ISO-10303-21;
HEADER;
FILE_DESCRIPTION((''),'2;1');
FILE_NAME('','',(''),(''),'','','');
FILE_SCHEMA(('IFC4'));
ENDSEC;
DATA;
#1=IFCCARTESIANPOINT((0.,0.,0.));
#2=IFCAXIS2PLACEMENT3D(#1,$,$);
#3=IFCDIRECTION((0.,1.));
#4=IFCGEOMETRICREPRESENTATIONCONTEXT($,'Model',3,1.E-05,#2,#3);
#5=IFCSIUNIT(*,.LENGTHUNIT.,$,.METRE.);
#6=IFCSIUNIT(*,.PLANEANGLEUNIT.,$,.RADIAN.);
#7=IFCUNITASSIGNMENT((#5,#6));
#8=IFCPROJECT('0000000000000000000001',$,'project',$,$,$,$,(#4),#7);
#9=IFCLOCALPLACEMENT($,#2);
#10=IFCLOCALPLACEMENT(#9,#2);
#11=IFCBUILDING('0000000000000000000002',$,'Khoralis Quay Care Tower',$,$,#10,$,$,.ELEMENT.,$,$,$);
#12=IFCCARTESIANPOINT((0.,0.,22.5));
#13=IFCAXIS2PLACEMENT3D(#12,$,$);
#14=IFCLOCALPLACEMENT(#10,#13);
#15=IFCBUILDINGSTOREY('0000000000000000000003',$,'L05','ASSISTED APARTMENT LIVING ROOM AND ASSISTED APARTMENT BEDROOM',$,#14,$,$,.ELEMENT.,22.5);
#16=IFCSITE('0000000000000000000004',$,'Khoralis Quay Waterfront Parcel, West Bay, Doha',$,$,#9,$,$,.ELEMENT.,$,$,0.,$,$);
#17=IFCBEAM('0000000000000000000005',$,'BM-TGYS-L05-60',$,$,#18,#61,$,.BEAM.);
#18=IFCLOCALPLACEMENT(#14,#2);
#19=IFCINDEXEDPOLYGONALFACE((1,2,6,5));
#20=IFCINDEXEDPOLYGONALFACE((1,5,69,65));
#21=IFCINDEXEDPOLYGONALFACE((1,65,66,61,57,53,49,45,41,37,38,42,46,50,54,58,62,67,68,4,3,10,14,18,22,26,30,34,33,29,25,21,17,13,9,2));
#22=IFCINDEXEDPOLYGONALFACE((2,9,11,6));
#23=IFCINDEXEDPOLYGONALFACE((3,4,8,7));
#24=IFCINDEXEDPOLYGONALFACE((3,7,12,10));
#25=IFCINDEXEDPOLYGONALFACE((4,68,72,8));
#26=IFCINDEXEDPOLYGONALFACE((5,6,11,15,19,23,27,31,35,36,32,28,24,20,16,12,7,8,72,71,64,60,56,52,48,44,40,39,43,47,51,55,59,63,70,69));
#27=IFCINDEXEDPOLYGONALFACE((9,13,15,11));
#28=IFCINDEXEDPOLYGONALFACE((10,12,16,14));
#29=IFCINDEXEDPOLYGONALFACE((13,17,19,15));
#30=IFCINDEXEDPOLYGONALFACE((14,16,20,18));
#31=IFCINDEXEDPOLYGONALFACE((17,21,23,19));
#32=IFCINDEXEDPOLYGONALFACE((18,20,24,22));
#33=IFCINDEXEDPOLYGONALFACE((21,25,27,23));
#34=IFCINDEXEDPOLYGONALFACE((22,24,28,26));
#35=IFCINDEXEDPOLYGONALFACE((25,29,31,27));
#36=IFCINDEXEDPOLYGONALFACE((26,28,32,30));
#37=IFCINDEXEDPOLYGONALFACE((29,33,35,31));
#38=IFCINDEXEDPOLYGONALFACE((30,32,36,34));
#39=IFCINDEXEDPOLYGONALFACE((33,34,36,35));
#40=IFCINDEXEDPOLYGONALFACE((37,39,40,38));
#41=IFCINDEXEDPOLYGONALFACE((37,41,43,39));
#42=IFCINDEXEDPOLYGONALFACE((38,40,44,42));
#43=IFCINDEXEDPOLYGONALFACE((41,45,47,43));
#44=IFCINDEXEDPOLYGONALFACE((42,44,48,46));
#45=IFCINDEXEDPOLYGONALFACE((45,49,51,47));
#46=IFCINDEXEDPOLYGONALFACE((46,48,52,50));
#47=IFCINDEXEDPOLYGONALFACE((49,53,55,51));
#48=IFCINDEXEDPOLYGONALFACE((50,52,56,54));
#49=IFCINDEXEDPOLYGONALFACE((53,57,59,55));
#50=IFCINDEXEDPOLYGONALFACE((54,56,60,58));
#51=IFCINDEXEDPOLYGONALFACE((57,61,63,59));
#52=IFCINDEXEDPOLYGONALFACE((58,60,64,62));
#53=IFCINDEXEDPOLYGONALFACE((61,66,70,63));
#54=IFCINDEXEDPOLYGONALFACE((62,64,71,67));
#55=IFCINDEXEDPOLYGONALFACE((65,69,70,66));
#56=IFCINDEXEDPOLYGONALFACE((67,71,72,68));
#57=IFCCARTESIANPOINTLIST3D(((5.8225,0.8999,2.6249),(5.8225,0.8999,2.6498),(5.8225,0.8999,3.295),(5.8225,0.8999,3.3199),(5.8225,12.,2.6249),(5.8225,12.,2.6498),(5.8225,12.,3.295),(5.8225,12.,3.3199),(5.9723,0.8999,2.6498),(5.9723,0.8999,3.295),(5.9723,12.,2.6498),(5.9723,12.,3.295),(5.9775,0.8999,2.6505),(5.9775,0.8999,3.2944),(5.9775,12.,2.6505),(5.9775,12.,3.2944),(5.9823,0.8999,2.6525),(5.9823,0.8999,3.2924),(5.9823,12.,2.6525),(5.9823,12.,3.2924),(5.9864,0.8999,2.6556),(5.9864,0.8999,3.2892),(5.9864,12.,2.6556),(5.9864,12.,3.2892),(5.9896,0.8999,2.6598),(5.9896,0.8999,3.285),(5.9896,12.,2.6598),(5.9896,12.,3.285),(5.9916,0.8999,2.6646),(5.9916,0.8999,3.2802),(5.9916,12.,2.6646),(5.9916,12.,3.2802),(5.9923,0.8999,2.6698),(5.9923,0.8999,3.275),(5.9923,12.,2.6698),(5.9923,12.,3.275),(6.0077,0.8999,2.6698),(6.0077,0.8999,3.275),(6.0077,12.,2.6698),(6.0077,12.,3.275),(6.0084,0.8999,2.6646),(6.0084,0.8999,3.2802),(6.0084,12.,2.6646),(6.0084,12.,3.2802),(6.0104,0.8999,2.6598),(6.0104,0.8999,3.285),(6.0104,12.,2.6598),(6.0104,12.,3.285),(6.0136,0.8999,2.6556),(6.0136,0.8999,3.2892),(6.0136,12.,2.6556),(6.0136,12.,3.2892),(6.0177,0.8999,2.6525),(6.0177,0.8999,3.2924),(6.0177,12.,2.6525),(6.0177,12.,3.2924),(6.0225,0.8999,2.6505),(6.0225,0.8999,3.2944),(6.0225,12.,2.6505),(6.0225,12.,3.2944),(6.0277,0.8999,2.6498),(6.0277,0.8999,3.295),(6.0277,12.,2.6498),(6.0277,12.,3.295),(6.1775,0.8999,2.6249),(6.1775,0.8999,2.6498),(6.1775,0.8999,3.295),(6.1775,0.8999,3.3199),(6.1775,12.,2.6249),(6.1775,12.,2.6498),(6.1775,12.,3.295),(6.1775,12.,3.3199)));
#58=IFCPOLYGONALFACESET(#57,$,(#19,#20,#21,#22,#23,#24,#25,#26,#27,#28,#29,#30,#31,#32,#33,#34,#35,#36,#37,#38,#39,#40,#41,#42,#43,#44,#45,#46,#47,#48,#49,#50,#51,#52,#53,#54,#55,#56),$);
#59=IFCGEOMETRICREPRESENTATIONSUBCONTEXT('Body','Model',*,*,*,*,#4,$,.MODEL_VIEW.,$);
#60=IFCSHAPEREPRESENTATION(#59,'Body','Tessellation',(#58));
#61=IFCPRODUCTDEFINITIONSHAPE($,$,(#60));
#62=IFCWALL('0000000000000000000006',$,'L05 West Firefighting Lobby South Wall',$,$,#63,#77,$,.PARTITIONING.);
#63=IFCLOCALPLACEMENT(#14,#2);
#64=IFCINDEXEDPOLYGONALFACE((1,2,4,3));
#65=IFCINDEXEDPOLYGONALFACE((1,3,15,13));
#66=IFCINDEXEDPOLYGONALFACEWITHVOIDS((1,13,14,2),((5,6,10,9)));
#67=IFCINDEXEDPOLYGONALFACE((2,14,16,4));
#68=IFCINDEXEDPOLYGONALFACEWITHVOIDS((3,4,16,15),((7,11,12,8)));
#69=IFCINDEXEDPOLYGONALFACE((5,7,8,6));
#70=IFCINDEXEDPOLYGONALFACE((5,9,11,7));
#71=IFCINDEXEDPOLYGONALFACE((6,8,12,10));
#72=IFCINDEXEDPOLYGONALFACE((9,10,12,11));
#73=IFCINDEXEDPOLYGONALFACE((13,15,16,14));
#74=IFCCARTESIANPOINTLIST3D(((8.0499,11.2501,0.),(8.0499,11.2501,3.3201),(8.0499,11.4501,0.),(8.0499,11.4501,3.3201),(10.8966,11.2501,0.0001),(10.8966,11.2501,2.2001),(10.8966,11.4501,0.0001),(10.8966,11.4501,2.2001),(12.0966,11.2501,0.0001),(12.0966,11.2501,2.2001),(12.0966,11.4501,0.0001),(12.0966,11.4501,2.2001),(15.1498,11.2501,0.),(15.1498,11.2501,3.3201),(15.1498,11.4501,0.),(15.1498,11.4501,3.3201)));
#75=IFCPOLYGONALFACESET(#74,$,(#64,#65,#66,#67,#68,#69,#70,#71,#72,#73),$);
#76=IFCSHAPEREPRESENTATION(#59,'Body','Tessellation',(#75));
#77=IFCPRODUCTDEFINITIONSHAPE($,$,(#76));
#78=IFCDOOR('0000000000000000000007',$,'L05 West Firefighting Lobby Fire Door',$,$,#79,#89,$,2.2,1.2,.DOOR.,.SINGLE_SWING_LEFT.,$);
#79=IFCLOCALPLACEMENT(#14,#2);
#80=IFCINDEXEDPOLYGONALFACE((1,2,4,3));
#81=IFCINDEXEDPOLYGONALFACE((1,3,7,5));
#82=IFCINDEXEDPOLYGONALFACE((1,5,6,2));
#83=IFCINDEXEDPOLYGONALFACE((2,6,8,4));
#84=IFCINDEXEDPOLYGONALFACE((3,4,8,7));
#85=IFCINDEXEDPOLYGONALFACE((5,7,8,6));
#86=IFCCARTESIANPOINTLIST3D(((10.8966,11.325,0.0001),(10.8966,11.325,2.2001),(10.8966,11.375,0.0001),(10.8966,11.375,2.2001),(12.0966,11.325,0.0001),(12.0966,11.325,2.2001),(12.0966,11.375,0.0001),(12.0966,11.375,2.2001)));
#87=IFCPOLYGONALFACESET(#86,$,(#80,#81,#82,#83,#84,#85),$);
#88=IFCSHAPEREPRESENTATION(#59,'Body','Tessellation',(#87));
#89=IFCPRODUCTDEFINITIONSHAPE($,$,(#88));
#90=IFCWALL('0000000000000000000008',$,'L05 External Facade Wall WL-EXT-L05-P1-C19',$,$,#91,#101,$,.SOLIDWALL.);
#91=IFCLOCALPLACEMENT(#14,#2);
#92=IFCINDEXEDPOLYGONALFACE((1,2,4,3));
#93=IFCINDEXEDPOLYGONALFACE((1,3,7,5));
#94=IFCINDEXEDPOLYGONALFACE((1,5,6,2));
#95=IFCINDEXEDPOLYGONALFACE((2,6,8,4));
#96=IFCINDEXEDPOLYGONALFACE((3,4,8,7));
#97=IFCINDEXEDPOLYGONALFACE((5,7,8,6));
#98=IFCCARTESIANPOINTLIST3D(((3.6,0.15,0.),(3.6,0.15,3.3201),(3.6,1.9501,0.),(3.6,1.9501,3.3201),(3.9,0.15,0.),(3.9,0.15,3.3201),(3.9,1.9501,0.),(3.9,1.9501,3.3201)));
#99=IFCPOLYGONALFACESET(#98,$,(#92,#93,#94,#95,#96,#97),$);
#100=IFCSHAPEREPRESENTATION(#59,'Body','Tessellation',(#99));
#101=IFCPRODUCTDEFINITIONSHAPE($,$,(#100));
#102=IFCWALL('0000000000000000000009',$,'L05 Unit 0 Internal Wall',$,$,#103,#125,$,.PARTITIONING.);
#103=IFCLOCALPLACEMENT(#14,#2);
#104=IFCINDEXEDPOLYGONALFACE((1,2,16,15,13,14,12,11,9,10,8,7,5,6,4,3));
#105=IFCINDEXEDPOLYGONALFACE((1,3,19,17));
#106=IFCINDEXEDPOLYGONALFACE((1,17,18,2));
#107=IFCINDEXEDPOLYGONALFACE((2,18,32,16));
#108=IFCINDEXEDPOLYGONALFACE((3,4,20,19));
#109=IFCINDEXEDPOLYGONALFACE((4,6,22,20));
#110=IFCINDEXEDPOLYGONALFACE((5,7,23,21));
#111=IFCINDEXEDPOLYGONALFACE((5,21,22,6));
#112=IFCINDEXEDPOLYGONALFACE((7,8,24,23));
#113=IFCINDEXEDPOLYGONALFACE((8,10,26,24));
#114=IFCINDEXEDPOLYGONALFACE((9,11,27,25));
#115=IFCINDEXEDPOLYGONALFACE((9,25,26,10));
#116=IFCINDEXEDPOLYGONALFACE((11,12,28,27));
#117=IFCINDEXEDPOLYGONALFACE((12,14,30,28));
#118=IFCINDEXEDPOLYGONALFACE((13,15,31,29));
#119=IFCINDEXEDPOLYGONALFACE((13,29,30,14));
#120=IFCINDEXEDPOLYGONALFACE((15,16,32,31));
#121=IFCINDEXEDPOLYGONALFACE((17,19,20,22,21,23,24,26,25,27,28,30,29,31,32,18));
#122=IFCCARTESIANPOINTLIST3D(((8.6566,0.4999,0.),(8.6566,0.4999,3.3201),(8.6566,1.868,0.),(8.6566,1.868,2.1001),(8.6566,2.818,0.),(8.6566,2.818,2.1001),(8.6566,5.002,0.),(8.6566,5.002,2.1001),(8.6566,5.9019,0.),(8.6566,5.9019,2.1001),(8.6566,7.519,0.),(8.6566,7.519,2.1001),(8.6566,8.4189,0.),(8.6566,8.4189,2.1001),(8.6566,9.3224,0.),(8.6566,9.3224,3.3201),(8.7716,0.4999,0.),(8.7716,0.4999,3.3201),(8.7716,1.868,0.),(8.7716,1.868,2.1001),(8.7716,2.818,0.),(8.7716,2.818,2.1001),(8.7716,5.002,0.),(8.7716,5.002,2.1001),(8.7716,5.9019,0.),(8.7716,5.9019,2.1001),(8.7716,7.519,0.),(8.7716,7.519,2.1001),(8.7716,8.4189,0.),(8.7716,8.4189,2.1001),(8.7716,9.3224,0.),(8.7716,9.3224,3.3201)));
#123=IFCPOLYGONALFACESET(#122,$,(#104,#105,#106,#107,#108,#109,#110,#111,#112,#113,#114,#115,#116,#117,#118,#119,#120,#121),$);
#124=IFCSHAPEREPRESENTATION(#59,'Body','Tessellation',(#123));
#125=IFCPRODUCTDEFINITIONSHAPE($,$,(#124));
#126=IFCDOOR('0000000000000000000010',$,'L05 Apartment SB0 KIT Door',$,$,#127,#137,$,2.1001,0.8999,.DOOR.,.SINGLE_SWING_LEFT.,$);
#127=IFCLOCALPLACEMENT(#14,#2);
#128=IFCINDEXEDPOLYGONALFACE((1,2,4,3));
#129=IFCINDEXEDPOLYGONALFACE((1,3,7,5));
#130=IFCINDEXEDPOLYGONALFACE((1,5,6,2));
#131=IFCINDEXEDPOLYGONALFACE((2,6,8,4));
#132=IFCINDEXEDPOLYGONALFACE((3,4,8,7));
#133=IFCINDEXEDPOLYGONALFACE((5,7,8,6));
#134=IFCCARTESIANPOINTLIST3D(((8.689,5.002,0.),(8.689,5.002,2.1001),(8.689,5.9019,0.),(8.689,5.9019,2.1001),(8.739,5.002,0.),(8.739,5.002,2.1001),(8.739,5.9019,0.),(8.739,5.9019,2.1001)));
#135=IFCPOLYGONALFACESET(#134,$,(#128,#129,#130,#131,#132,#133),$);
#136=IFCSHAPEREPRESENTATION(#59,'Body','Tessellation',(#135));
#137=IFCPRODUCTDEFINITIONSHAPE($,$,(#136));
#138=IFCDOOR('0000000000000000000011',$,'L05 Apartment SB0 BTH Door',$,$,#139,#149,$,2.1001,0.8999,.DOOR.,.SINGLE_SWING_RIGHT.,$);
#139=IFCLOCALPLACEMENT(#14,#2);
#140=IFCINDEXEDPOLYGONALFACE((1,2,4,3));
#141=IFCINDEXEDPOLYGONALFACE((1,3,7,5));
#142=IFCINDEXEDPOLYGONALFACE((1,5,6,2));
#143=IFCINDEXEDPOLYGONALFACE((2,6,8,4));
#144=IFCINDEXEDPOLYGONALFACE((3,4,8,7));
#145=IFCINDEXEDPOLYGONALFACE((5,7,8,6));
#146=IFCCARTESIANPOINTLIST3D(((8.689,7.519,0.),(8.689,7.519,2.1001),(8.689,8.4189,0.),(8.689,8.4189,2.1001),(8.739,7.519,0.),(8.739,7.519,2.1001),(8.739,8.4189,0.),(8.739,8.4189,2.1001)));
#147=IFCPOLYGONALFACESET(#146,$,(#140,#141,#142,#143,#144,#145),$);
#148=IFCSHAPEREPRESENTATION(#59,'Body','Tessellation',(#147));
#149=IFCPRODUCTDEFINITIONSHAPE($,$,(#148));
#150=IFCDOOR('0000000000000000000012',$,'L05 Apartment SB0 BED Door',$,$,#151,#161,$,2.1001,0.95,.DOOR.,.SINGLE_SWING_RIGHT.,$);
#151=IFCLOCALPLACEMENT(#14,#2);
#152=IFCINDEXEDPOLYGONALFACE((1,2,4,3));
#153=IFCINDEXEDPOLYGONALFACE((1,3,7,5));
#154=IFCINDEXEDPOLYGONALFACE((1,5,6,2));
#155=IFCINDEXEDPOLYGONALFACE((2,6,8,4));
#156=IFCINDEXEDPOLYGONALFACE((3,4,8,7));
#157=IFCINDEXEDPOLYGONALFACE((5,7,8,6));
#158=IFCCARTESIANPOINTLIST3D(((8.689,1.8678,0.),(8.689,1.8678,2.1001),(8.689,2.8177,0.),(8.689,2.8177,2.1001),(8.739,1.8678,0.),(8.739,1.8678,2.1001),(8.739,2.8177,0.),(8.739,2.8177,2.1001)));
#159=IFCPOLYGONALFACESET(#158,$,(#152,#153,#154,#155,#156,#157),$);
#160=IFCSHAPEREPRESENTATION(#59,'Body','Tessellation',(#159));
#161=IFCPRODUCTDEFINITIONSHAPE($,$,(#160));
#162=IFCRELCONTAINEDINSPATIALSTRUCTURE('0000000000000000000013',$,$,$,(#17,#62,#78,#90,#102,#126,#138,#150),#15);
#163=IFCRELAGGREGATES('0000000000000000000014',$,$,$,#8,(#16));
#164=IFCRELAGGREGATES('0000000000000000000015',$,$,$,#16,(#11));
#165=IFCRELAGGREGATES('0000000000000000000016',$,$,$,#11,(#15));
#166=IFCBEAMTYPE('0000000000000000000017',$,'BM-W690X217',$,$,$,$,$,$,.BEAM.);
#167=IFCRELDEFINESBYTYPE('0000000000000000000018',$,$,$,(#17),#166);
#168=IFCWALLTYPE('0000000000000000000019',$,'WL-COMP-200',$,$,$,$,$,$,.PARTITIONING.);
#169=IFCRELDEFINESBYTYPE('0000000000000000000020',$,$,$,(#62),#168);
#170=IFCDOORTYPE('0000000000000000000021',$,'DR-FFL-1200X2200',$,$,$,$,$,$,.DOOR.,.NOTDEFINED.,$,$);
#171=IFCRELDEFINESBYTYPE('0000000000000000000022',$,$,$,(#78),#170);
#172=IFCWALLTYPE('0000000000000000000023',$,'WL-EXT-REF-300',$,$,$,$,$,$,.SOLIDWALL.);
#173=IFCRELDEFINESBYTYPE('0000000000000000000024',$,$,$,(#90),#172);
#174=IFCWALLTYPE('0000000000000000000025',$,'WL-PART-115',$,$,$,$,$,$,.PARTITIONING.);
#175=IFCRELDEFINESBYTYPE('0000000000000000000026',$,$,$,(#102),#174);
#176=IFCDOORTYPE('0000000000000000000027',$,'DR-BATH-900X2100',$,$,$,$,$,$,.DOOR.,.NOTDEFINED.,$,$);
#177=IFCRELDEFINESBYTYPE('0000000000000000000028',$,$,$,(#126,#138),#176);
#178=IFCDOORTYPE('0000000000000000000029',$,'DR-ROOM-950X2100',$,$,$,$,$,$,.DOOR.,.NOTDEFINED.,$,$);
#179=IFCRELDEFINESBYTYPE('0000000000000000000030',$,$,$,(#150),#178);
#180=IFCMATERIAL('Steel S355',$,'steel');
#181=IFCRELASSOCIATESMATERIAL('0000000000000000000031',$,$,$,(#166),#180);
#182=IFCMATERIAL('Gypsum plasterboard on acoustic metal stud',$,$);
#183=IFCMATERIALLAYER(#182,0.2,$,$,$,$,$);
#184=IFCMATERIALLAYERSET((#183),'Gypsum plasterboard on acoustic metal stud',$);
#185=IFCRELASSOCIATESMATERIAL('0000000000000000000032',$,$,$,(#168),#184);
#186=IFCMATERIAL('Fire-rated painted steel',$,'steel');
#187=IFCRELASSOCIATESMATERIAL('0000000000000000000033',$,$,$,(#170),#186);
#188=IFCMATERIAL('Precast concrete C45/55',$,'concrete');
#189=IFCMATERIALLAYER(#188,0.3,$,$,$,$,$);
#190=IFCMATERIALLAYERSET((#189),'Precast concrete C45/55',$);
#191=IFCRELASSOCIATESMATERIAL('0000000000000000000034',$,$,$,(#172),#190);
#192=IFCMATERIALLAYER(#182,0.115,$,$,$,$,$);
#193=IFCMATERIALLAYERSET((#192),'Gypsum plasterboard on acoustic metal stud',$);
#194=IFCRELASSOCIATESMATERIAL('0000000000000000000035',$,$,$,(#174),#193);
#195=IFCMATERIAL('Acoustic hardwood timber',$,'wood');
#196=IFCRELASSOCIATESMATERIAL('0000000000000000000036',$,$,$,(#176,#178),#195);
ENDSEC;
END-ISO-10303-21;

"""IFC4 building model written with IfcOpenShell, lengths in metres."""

from ifc_helpers import new_model, si_unit, direction, frame, frame_2d, origin, origin_2d, place, context, subcontext, project, spatial, rectangle, i_section, extrude, source, transform, mapped, material, layer, layer_set, material_profile, profile_set, type_object, element, fill, save


model = new_model("IFC4")

# Units and contexts
model_context = context("Model", 3, precision=1e-05, world=origin(), true_north=direction((0.0, 1.0)))
body_context = subcontext(model_context, "Body", "Model", "MODEL_VIEW")
ifc_project = project(units=[si_unit("LENGTHUNIT", "METRE"), si_unit("PLANEANGLEUNIT", "RADIAN")], contexts=[model_context])

# Site, building, storey
site_placement = place(None, origin())
site = spatial("IfcSite", under=ifc_project, at=site_placement, Name="Khoralis Quay Waterfront Parcel, West Bay, Doha", CompositionType="ELEMENT", RefElevation=0.0)
building_placement = place(site_placement, origin())
building = spatial("IfcBuilding", under=site, at=building_placement, Name="Khoralis Quay Care Tower", CompositionType="ELEMENT")
storey_placement = place(building_placement, frame((0.0, 0.0, 22.5)))
storey = spatial("IfcBuildingStorey", under=building, at=storey_placement, Name="L05", Description="ASSISTED APARTMENT LIVING ROOM AND ASSISTED APARTMENT BEDROOM", CompositionType="ELEMENT", Elevation=22.5)

# Beam
ifc_material_1 = material(Name="Steel S355", Category="steel")
ifc_material_profile_1 = material_profile(ifc_material_1, i_section(OverallWidth=0.355, OverallDepth=0.6951, WebThickness=0.0154, FlangeThickness=0.0249, FilletRadius=0.02, at=origin_2d()), Name="Steel S355")
ifc_profile_set_1 = profile_set([ifc_material_profile_1], Name="Steel S355")
beam_type_1 = type_object("IfcBeamType", Name="BM-W690X217", PredefinedType="BEAM", material=ifc_profile_set_1)
shared_shape_1 = source(origin(), body_context, "Body", "SweptSolid", [
    extrude(i_section(OverallWidth=0.355, OverallDepth=0.6951, WebThickness=0.0154, FlangeThickness=0.0249, FilletRadius=0.02, at=origin_2d()), origin(), (0.0, 0.0, 1.0), 11.1001),
])
beam_1_placement = place(storey_placement, frame((6.0, 0.8999, 2.9724), z_axis=(0.0, 1.0, 0.0), x_axis=(-1.0, 0.0, 0.0)))
element("IfcBeam", 1, at=beam_1_placement, inside=storey, type_object=beam_type_1, Name="BM-TGYS-L05-60", PredefinedType="BEAM", context=body_context, shape_type="MappedRepresentation", body=[
    mapped(shared_shape_1, transform((0.0, 0.0, 0.0), scale=1.0)),
])

# Wall, opening, door
ifc_material_2 = material(Name="Gypsum plasterboard on acoustic metal stud")
ifc_layer_1 = layer(ifc_material_2, 0.2)
ifc_layer_set_1 = layer_set([ifc_layer_1], Name="Gypsum plasterboard on acoustic metal stud")
wall_type_1 = type_object("IfcWallType", Name="WL-COMP-200", PredefinedType="PARTITIONING", material=ifc_layer_set_1)
wall_1_placement = place(storey_placement, frame((8.05, 11.3501, 0.0), z_axis=(0.0, 0.0, 1.0), x_axis=(1.0, 0.0, 0.0)))
wall_1 = element("IfcWall", 2, at=wall_1_placement, inside=storey, type_object=wall_type_1, Name="L05 West Firefighting Lobby South Wall", PredefinedType="PARTITIONING", context=body_context, shape_type="SweptSolid", body=[
    extrude(rectangle(XDim=7.0999, YDim=0.2, at=frame_2d((3.5498, 0.0))), origin(), (0.0, 0.0, 1.0), 3.3201),
])
opening_1_placement = place(wall_1_placement, frame((2.8464, 0.0, 0.0)))
opening_1 = element("IfcOpeningElement", 3, at=opening_1_placement, cuts=wall_1, PredefinedType="OPENING", context=body_context, shape_type="SweptSolid", body=[
    extrude(rectangle(XDim=1.2, YDim=2.2, at=frame_2d((0.6001, 1.1001))), frame((0.0, 0.1099, 0.0), z_axis=(0.0, -1.0, 0.0), x_axis=(1.0, 0.0, 0.0)), (0.0, 0.0, 1.0), 0.22),
])
ifc_material_3 = material(Name="Fire-rated painted steel", Category="steel")
door_type_1 = type_object("IfcDoorType", Name="DR-FFL-1200X2200", OperationType="NOTDEFINED", PredefinedType="DOOR", material=ifc_material_3)
shared_shape_2 = source(origin(), body_context, "Body", "SweptSolid", [
    extrude(rectangle(XDim=1.2, YDim=2.2, at=frame_2d((0.6001, 1.1001))), frame((0.0, 0.0249, 0.0), z_axis=(0.0, -1.0, 0.0), x_axis=(1.0, 0.0, 0.0)), (0.0, 0.0, 1.0), 0.05),
])
door_1_placement = place(opening_1_placement, origin())
door_1 = element("IfcDoor", 4, at=door_1_placement, inside=storey, type_object=door_type_1, Name="L05 West Firefighting Lobby Fire Door", OperationType="SINGLE_SWING_LEFT", OverallHeight=2.2, OverallWidth=1.2, PredefinedType="DOOR", context=body_context, shape_type="MappedRepresentation", body=[
    mapped(shared_shape_2, transform((0.0, 0.0, 0.0), scale=1.0)),
])
fill(opening_1, door_1)

# Shared definitions
ifc_material_4 = material(Name="Precast concrete C45/55", Category="concrete")
ifc_layer_2 = layer(ifc_material_4, 0.3)
ifc_layer_set_2 = layer_set([ifc_layer_2], Name="Precast concrete C45/55")
wall_type_2 = type_object("IfcWallType", Name="WL-EXT-REF-300", PredefinedType="SOLIDWALL", material=ifc_layer_set_2)

# Wall
wall_2_placement = place(storey_placement, frame((3.75, 1.95, 0.0), z_axis=(0.0, 0.0, 1.0), x_axis=(0.0, -1.0, 0.0)))
element("IfcWall", 5, at=wall_2_placement, inside=storey, type_object=wall_type_2, Name="L05 External Facade Wall WL-EXT-L05-P1-C19", PredefinedType="SOLIDWALL", context=body_context, shape_type="SweptSolid", body=[
    extrude(rectangle(XDim=1.8, YDim=0.3, at=frame_2d((0.8999, 0.0))), origin(), (0.0, 0.0, 1.0), 3.3201),
])

# Wall, openings, doors
ifc_layer_3 = layer(ifc_material_2, 0.115)
ifc_layer_set_3 = layer_set([ifc_layer_3], Name="Gypsum plasterboard on acoustic metal stud")
wall_type_3 = type_object("IfcWallType", Name="WL-PART-115", PredefinedType="PARTITIONING", material=ifc_layer_set_3)
wall_3_placement = place(storey_placement, frame((8.7141, 0.5, 0.0), z_axis=(0.0, 0.0, 1.0), x_axis=(0.0, 1.0, 0.0)))
wall_3 = element("IfcWall", 6, at=wall_3_placement, inside=storey, type_object=wall_type_3, Name="L05 Unit 0 Internal Wall", PredefinedType="PARTITIONING", context=body_context, shape_type="SweptSolid", body=[
    extrude(rectangle(XDim=8.8225, YDim=0.115, at=frame_2d((4.4111, 0.0))), origin(), (0.0, 0.0, 1.0), 3.3201),
])
opening_2_placement = place(wall_3_placement, frame((1.3679, 0.0, 0.0)))
opening_2 = element("IfcOpeningElement", 7, at=opening_2_placement, cuts=wall_3, PredefinedType="OPENING", context=body_context, shape_type="SweptSolid", body=[
    extrude(rectangle(XDim=0.95, YDim=2.1001, at=frame_2d((0.4751, 1.05))), frame((0.0, 0.0674, 0.0), z_axis=(0.0, -1.0, 0.0), x_axis=(1.0, 0.0, 0.0)), (0.0, 0.0, 1.0), 0.135),
])
opening_3_placement = place(wall_3_placement, frame((4.502, 0.0, 0.0)))
opening_3 = element("IfcOpeningElement", 8, at=opening_3_placement, cuts=wall_3, PredefinedType="OPENING", context=body_context, shape_type="SweptSolid", body=[
    extrude(rectangle(XDim=0.8999, YDim=2.1001, at=frame_2d((0.45, 1.05))), frame((0.0, 0.0674, 0.0), z_axis=(0.0, -1.0, 0.0), x_axis=(1.0, 0.0, 0.0)), (0.0, 0.0, 1.0), 0.135),
])
opening_4_placement = place(wall_3_placement, frame((7.019, 0.0, 0.0)))
opening_4 = element("IfcOpeningElement", 9, at=opening_4_placement, cuts=wall_3, PredefinedType="OPENING", context=body_context, shape_type="SweptSolid", body=[
    extrude(rectangle(XDim=0.8999, YDim=2.1001, at=frame_2d((0.45, 1.05))), frame((0.0, 0.0674, 0.0), z_axis=(0.0, -1.0, 0.0), x_axis=(1.0, 0.0, 0.0)), (0.0, 0.0, 1.0), 0.135),
])
ifc_material_5 = material(Name="Acoustic hardwood timber", Category="wood")
door_type_2 = type_object("IfcDoorType", Name="DR-BATH-900X2100", OperationType="NOTDEFINED", PredefinedType="DOOR", material=ifc_material_5)
shared_shape_3 = source(origin(), body_context, "Body", "SweptSolid", [
    extrude(rectangle(XDim=0.8999, YDim=2.1001, at=frame_2d((0.45, 1.05))), frame((0.0, 0.0249, 0.0), z_axis=(0.0, -1.0, 0.0), x_axis=(1.0, 0.0, 0.0)), (0.0, 0.0, 1.0), 0.05),
])
door_2_placement = place(opening_3_placement, frame((0.8999, 0.0, 0.0), z_axis=(0.0, 0.0, 1.0), x_axis=(-1.0, 0.0, 0.0)))
door_2 = element("IfcDoor", 10, at=door_2_placement, inside=storey, type_object=door_type_2, Name="L05 Apartment SB0 KIT Door", OperationType="SINGLE_SWING_LEFT", OverallHeight=2.1001, OverallWidth=0.8999, PredefinedType="DOOR", context=body_context, shape_type="MappedRepresentation", body=[
    mapped(shared_shape_3, transform((0.0, 0.0, 0.0), scale=1.0)),
])
fill(opening_3, door_2)
door_3_placement = place(opening_4_placement, frame((0.8999, 0.0, 0.0), z_axis=(0.0, 0.0, 1.0), x_axis=(-1.0, 0.0, 0.0)))
door_3 = element("IfcDoor", 11, at=door_3_placement, inside=storey, type_object=door_type_2, Name="L05 Apartment SB0 BTH Door", OperationType="SINGLE_SWING_RIGHT", OverallHeight=2.1001, OverallWidth=0.8999, PredefinedType="DOOR", context=body_context, shape_type="MappedRepresentation", body=[
    mapped(shared_shape_3, transform((0.0, 0.0, 0.0), scale=1.0)),
])
fill(opening_4, door_3)
door_type_3 = type_object("IfcDoorType", Name="DR-ROOM-950X2100", OperationType="NOTDEFINED", PredefinedType="DOOR", material=ifc_material_5)
shared_shape_4 = source(origin(), body_context, "Body", "SweptSolid", [
    extrude(rectangle(XDim=0.95, YDim=2.1001, at=frame_2d((0.4751, 1.05))), frame((0.0, 0.0249, 0.0), z_axis=(0.0, -1.0, 0.0), x_axis=(1.0, 0.0, 0.0)), (0.0, 0.0, 1.0), 0.05),
])
door_4_placement = place(opening_2_placement, frame((0.95, 0.0, 0.0), z_axis=(0.0, 0.0, 1.0), x_axis=(-1.0, 0.0, 0.0)))
door_4 = element("IfcDoor", 12, at=door_4_placement, inside=storey, type_object=door_type_3, Name="L05 Apartment SB0 BED Door", OperationType="SINGLE_SWING_RIGHT", OverallHeight=2.1001, OverallWidth=0.95, PredefinedType="DOOR", context=body_context, shape_type="MappedRepresentation", body=[
    mapped(shared_shape_4, transform((0.0, 0.0, 0.0), scale=1.0)),
])
fill(opening_2, door_4)

save(model, "model.ifc")
